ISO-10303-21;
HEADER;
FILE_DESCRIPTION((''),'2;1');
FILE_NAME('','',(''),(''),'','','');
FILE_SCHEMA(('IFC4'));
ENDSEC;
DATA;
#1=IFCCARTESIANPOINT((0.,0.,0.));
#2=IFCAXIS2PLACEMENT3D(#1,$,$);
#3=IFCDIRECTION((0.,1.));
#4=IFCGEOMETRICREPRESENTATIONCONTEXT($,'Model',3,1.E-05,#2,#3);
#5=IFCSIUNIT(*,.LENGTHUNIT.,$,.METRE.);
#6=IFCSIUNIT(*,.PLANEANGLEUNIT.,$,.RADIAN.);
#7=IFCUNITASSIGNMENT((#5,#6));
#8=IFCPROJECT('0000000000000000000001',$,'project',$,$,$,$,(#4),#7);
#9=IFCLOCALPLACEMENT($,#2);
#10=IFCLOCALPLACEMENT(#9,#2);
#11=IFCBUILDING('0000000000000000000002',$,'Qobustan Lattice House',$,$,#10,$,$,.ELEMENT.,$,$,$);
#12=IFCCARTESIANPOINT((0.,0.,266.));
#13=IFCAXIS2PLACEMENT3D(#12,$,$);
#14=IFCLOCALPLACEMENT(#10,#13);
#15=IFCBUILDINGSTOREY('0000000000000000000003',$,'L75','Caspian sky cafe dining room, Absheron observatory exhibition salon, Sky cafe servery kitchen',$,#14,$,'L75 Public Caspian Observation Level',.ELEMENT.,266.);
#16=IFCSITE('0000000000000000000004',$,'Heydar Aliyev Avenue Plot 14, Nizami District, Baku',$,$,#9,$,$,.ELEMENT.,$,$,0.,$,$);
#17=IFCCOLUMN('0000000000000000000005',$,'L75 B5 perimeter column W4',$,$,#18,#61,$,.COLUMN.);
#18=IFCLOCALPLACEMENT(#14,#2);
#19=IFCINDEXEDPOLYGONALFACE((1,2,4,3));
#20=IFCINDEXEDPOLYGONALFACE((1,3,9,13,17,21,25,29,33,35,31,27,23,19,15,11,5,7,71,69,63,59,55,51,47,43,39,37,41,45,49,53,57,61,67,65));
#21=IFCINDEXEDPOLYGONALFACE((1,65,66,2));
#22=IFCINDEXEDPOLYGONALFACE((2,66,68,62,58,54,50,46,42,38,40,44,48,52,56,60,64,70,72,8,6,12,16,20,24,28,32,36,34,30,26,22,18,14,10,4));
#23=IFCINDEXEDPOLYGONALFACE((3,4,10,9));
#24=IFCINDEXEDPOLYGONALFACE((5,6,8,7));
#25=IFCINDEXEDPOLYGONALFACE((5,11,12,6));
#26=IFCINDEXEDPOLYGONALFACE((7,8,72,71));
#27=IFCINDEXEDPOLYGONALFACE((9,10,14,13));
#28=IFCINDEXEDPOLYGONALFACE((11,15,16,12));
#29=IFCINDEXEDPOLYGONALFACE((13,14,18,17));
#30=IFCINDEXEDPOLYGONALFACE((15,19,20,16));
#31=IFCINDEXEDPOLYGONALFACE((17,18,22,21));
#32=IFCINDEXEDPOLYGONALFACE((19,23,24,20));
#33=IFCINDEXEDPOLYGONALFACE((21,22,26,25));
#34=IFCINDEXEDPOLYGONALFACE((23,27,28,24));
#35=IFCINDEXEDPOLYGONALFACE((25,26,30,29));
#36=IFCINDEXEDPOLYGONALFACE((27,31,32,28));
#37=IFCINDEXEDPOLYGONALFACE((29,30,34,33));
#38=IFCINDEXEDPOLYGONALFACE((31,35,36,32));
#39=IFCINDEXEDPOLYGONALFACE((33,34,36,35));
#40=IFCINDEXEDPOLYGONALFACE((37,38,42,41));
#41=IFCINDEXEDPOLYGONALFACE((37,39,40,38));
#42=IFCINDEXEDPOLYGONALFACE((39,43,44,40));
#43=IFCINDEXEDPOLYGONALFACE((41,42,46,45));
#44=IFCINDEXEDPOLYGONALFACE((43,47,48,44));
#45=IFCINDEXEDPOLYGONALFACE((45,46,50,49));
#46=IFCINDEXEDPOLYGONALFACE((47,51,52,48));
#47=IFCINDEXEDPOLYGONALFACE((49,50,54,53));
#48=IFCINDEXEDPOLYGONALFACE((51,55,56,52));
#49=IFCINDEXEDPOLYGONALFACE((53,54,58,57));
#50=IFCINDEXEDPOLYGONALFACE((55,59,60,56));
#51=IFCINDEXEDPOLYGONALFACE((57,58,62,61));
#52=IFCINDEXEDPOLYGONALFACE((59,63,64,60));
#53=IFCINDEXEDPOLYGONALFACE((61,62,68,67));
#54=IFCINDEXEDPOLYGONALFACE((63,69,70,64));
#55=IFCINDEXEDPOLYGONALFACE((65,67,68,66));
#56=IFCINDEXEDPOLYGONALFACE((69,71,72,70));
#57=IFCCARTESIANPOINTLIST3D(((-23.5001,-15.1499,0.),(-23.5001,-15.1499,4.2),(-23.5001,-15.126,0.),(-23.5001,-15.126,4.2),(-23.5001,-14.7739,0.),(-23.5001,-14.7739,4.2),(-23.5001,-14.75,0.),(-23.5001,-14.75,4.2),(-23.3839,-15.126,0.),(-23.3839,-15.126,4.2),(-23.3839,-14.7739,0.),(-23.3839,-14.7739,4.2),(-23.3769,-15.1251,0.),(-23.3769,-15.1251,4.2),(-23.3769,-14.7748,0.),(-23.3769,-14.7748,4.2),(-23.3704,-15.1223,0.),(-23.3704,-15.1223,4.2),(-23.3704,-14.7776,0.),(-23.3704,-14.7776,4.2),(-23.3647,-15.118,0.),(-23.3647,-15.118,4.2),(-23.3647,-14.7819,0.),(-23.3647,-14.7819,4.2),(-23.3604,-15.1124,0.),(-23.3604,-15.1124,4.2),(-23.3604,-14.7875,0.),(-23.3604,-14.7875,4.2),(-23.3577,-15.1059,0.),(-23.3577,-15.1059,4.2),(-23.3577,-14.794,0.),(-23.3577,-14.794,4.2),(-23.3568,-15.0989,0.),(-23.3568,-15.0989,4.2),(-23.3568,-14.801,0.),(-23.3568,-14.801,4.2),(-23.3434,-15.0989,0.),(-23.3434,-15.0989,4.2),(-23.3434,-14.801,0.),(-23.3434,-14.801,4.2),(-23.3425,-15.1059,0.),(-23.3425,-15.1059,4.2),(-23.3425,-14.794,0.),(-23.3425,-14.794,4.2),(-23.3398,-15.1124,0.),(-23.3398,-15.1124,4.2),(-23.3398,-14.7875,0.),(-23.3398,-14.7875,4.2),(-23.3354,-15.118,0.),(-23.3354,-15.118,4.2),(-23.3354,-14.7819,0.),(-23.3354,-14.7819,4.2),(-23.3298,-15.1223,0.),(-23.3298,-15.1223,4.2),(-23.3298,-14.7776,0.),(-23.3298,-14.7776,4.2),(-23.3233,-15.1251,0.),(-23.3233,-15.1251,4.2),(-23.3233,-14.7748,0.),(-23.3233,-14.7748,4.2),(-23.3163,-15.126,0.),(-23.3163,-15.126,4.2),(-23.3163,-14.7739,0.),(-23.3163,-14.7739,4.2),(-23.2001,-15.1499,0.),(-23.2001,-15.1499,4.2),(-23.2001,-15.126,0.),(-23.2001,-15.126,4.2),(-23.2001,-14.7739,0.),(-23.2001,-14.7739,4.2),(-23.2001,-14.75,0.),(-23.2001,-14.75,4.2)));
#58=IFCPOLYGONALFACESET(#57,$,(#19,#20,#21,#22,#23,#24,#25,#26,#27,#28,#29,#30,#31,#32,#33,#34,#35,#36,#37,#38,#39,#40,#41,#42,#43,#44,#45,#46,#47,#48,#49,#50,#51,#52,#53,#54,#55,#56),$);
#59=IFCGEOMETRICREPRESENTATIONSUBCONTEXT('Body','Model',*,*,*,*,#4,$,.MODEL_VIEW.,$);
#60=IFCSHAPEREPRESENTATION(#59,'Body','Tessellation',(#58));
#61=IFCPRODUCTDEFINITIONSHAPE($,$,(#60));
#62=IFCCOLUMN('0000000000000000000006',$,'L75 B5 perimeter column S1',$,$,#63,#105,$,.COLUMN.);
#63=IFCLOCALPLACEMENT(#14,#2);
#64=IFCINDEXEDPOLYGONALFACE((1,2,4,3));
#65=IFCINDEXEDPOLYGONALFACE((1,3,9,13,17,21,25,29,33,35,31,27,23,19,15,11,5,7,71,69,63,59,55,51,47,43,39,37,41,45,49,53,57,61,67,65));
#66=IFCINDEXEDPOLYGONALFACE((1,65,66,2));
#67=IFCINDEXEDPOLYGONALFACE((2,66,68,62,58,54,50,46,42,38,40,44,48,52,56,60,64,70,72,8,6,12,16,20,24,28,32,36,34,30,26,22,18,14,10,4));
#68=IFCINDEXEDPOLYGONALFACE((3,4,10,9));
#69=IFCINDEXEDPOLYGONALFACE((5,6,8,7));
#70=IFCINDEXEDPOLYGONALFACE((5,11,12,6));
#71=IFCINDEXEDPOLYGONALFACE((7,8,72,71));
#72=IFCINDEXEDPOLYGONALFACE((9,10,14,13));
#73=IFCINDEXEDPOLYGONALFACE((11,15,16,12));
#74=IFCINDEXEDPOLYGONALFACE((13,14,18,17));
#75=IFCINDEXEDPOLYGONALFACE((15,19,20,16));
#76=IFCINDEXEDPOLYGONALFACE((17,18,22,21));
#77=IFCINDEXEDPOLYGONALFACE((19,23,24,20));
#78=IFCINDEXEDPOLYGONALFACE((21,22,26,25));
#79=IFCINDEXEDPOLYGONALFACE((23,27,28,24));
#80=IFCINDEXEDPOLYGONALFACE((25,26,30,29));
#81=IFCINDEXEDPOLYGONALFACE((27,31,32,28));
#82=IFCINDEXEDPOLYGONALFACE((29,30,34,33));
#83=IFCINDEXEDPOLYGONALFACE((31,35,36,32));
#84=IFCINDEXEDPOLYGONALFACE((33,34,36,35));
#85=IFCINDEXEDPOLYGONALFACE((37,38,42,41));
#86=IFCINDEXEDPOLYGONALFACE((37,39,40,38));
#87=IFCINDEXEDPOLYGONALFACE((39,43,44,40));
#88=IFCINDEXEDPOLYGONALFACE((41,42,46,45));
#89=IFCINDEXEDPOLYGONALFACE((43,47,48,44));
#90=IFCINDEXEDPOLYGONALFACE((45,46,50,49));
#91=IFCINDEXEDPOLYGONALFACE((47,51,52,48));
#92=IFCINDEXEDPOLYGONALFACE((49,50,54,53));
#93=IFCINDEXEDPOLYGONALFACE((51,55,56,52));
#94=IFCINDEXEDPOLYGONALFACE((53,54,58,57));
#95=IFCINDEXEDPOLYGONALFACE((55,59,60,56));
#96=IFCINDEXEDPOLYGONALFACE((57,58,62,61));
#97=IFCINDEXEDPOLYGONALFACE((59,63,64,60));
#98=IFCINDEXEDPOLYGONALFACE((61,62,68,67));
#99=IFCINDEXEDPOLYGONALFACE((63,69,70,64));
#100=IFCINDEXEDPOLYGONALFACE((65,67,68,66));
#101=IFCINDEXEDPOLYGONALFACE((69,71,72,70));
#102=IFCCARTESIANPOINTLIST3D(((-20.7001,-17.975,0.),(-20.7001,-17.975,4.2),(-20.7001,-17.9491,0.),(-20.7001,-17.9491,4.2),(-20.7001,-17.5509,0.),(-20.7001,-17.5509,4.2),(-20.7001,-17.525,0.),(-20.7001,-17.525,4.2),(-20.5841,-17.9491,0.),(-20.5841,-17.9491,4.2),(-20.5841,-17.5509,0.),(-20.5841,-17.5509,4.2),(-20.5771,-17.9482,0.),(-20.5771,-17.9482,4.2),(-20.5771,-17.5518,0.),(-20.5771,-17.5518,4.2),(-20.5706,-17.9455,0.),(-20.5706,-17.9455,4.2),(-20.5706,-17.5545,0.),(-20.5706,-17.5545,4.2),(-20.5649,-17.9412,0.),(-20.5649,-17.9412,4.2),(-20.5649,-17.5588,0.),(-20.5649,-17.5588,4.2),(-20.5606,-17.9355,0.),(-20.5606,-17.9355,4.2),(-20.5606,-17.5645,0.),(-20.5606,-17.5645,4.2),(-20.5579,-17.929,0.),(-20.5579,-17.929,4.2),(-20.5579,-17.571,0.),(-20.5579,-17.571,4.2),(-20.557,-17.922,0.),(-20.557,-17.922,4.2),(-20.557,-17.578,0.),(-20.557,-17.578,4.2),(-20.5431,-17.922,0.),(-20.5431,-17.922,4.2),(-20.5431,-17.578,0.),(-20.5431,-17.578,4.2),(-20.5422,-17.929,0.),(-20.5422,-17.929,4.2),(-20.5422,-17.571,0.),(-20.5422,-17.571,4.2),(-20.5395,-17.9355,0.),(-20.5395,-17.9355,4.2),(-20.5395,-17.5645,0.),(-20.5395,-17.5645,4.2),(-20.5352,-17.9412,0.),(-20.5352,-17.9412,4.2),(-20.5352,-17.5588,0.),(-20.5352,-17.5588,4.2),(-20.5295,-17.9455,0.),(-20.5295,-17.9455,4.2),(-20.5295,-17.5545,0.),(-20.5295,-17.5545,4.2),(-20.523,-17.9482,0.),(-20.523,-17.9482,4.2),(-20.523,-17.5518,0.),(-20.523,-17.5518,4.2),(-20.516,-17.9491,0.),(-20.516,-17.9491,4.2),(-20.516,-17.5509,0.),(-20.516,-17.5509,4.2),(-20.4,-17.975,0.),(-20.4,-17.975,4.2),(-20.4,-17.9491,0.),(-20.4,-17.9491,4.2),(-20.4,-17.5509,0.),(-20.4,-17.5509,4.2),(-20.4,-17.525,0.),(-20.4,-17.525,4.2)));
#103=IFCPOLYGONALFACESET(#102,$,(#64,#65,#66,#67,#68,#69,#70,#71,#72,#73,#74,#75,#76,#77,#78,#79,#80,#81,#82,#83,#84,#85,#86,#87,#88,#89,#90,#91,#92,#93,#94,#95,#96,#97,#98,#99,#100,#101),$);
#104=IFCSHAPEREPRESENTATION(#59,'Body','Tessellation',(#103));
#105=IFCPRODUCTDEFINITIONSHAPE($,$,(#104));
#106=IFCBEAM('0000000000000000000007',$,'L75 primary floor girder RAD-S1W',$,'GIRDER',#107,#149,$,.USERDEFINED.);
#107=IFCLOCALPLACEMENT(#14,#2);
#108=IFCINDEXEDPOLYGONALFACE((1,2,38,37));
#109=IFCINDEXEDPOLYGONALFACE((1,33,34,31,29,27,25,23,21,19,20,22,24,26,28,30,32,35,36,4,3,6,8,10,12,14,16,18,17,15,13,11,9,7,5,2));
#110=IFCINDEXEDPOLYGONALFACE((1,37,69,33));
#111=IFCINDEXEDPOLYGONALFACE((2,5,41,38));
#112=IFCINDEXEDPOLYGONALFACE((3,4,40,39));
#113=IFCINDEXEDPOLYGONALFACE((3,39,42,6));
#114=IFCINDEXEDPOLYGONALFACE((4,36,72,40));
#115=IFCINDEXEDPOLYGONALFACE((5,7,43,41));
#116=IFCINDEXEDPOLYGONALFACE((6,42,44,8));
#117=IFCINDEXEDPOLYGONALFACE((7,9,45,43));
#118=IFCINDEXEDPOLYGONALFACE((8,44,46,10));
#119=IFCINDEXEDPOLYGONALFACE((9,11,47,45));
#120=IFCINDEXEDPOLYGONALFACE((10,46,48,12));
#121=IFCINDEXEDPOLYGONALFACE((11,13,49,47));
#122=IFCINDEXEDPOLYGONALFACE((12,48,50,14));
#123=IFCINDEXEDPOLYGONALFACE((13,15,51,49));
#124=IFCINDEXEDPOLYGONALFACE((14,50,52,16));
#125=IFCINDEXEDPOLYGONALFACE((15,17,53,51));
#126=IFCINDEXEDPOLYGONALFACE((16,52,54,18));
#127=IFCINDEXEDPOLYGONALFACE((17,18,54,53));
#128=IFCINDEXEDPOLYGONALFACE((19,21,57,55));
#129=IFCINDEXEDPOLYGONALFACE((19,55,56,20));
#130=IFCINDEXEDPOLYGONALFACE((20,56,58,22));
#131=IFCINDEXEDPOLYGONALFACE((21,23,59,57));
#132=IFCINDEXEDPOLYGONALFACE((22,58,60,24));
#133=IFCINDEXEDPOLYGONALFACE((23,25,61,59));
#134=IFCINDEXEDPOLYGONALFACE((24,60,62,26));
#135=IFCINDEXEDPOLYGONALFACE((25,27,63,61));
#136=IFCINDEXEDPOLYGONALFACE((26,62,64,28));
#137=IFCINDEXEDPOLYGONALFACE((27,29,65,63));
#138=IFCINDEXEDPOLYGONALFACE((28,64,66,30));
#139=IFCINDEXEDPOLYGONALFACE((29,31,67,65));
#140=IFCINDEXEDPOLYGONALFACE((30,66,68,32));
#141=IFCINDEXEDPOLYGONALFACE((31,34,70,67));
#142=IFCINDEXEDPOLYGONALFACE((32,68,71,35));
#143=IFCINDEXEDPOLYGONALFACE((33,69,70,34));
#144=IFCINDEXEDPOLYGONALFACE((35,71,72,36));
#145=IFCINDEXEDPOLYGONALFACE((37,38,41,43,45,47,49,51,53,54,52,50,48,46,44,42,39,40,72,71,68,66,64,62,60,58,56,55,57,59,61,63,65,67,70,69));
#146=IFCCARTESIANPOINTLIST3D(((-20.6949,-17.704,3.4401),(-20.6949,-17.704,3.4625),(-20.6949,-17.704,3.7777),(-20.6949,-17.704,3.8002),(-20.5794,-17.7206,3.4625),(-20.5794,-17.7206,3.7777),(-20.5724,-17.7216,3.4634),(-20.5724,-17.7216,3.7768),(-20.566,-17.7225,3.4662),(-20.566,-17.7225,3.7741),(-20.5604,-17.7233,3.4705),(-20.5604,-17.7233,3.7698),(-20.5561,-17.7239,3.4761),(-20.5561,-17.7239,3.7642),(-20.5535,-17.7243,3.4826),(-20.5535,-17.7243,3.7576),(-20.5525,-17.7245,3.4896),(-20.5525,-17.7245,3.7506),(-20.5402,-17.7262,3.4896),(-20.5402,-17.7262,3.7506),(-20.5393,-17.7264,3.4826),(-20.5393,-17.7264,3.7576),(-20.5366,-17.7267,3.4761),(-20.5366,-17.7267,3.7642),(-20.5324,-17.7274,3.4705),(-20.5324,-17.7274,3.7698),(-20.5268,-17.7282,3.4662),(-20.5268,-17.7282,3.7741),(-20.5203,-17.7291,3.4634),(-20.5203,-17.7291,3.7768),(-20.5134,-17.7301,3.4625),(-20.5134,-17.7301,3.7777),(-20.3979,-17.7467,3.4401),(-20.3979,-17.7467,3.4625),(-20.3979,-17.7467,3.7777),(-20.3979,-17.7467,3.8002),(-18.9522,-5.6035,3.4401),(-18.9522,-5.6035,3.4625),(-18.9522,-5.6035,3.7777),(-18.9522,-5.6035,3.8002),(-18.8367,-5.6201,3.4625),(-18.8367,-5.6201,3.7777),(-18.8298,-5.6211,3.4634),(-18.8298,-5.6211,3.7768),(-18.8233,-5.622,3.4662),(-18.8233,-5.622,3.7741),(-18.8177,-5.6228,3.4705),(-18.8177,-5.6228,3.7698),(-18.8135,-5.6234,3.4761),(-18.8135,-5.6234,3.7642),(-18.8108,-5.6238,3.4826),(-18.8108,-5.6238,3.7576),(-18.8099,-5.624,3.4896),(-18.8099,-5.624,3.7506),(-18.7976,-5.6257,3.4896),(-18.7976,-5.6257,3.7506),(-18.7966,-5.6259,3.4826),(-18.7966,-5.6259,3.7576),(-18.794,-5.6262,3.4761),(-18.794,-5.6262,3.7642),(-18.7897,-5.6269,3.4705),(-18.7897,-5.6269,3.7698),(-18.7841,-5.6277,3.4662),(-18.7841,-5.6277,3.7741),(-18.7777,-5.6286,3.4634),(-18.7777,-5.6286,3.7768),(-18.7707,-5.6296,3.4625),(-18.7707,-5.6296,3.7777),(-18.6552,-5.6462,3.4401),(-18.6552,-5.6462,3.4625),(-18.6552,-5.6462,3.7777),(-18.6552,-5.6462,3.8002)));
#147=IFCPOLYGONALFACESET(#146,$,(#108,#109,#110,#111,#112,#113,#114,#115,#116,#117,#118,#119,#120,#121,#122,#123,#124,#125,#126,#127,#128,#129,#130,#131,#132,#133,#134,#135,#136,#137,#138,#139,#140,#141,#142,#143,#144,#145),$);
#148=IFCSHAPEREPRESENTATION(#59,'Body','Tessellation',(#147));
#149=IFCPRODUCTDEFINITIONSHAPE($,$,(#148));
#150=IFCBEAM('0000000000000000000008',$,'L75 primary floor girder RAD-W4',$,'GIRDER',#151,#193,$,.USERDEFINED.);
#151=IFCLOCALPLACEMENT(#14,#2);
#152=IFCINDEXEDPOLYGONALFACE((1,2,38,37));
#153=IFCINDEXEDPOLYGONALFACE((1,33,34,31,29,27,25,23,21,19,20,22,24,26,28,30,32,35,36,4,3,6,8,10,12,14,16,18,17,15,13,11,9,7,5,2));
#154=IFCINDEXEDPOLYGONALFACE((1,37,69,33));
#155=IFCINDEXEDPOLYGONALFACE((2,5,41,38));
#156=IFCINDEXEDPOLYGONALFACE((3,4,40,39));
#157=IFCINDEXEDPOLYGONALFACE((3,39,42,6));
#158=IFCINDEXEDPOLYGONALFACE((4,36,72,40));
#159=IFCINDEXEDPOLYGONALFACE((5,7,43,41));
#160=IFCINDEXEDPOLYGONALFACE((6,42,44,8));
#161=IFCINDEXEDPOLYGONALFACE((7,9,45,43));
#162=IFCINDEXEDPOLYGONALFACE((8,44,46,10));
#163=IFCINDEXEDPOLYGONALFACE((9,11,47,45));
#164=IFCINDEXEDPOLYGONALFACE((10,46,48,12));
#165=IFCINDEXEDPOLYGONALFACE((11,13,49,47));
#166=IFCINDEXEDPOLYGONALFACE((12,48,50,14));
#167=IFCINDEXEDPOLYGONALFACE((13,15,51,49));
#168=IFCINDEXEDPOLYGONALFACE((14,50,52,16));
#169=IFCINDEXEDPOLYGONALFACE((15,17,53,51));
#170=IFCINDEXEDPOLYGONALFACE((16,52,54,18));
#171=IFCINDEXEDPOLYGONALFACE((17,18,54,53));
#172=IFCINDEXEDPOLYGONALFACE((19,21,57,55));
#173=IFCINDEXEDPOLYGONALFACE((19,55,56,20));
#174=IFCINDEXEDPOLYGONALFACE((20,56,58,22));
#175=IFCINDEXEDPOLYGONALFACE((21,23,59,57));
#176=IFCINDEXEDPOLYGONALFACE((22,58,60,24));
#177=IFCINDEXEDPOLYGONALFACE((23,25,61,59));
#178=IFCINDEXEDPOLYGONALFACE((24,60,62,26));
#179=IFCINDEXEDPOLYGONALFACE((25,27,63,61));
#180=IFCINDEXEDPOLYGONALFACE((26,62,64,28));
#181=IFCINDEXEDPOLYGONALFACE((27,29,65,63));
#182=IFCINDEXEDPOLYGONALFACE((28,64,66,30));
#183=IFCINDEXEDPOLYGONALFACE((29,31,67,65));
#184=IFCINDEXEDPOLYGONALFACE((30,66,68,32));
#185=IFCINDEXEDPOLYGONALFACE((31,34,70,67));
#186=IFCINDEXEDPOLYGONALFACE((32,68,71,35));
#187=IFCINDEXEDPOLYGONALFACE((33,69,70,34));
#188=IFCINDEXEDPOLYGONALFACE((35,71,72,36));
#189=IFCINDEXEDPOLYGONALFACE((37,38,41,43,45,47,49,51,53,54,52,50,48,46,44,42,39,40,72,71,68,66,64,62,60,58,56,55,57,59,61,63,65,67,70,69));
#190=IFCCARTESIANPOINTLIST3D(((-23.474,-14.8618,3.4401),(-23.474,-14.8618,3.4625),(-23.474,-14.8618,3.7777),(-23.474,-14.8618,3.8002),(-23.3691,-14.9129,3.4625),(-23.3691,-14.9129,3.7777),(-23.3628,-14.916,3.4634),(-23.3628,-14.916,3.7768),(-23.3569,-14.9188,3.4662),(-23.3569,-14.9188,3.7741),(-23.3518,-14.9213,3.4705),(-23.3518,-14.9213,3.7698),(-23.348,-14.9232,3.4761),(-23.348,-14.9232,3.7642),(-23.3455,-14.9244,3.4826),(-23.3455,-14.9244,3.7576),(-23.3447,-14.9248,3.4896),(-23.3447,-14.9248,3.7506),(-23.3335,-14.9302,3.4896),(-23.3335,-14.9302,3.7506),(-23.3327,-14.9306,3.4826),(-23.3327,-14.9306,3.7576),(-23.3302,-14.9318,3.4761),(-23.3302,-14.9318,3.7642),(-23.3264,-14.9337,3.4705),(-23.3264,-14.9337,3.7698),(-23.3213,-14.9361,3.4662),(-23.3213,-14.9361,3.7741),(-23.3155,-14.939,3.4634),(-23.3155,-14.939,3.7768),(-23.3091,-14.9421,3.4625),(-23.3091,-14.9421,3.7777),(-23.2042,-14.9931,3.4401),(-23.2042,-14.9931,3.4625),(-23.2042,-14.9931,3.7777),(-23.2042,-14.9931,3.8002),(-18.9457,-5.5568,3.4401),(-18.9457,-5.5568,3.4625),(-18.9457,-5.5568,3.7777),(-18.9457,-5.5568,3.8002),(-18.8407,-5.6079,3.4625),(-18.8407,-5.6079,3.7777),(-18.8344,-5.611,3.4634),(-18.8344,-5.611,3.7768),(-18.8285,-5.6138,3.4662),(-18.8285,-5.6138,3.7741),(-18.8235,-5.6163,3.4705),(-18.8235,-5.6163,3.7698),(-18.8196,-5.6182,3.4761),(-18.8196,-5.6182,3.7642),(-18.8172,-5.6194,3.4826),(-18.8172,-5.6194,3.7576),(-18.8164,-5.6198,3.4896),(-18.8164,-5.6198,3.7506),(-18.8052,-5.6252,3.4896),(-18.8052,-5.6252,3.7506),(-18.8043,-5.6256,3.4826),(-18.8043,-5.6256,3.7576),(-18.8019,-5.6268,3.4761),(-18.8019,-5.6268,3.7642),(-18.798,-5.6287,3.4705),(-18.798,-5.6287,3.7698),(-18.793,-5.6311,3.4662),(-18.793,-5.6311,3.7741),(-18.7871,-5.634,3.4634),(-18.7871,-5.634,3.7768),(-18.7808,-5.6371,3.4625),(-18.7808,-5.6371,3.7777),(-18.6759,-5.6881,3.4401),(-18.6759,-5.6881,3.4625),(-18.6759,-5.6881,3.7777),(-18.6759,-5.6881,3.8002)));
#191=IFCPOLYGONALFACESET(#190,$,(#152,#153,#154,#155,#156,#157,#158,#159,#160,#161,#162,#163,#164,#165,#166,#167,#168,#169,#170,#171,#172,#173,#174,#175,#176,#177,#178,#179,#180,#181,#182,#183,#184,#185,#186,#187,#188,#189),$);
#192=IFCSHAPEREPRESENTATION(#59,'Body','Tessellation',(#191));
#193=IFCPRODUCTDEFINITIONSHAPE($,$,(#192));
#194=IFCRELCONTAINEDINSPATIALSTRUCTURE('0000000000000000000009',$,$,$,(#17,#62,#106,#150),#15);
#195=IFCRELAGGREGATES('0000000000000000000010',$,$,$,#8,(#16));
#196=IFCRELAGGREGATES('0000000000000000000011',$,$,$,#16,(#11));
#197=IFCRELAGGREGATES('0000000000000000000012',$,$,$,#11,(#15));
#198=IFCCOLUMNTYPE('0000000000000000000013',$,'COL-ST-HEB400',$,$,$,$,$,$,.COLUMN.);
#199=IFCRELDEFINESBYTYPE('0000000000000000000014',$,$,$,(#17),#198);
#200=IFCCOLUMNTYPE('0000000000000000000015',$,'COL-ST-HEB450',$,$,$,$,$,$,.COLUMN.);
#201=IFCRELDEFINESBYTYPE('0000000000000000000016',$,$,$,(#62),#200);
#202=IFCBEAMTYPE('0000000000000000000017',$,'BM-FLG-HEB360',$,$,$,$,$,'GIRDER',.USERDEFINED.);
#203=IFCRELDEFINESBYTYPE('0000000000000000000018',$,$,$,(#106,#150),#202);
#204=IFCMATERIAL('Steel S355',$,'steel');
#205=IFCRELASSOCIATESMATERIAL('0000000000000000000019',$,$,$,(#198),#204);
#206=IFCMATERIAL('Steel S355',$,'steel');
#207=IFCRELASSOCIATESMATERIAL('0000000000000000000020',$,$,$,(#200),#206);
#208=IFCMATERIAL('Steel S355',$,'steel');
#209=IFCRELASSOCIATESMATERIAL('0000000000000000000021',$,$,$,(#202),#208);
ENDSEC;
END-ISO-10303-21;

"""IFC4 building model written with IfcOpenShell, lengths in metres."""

from ifc_helpers import new_model, si_unit, direction, frame, origin, origin_2d, place, context, subcontext, project, spatial, i_section, extrude, material, material_profile, profile_set, type_object, element, save


model = new_model("IFC4")

# Units and contexts
model_context = context("Model", 3, precision=1e-05, world=origin(), true_north=direction((0.0, 1.0)))
body_context = subcontext(model_context, "Body", "Model", "MODEL_VIEW")
ifc_project = project(units=[si_unit("LENGTHUNIT", "METRE"), si_unit("PLANEANGLEUNIT", "RADIAN")], contexts=[model_context])

# Site, building, storey
site_placement = place(None, origin())
site = spatial("IfcSite", under=ifc_project, at=site_placement, Name="Heydar Aliyev Avenue Plot 14, Nizami District, Baku", CompositionType="ELEMENT", RefElevation=0.0)
building_placement = place(site_placement, origin())
building = spatial("IfcBuilding", under=site, at=building_placement, Name="Qobustan Lattice House", CompositionType="ELEMENT")
storey_placement = place(building_placement, frame((0.0, 0.0, 266.0)))
storey = spatial("IfcBuildingStorey", under=building, at=storey_placement, Name="L75", Description="Caspian sky cafe dining room, Absheron observatory exhibition salon, Sky cafe servery kitchen", LongName="L75 Public Caspian Observation Level", CompositionType="ELEMENT", Elevation=266.0)

# Columns
ifc_material_1 = material(Name="Steel S355", Category="steel")
ifc_material_profile_1 = material_profile(ifc_material_1, i_section(OverallWidth=0.3, OverallDepth=0.3999, WebThickness=0.0134, FlangeThickness=0.0239, FilletRadius=0.0271, at=origin_2d()), Name="HEB400")
ifc_profile_set_1 = profile_set([ifc_material_profile_1], Name="Steel S355")
column_type_1 = type_object("IfcColumnType", Name="COL-ST-HEB400", PredefinedType="COLUMN", material=ifc_profile_set_1)
column_1_placement = place(storey_placement, frame((-23.3501, -14.95, 0.0), z_axis=(0.0, 0.0, 1.0), x_axis=(1.0, 0.0, 0.0)))
element("IfcColumn", 1, at=column_1_placement, inside=storey, type_object=column_type_1, Name="L75 B5 perimeter column W4", PredefinedType="COLUMN", context=body_context, shape_type="SweptSolid", body=[
    extrude(i_section(OverallWidth=0.3, OverallDepth=0.3999, WebThickness=0.0134, FlangeThickness=0.0239, FilletRadius=0.0271, at=origin_2d()), origin(), (0.0, 0.0, 1.0), 4.2),
])
ifc_material_2 = material(Name="Steel S355", Category="steel")
ifc_material_profile_2 = material_profile(ifc_material_2, i_section(OverallWidth=0.3, OverallDepth=0.45, WebThickness=0.0139, FlangeThickness=0.0259, FilletRadius=0.0271, at=origin_2d()), Name="HEB450")
ifc_profile_set_2 = profile_set([ifc_material_profile_2], Name="Steel S355")
column_type_2 = type_object("IfcColumnType", Name="COL-ST-HEB450", PredefinedType="COLUMN", material=ifc_profile_set_2)
column_2_placement = place(storey_placement, frame((-20.55, -17.75, 0.0), z_axis=(0.0, 0.0, 1.0), x_axis=(1.0, 0.0, 0.0)))
element("IfcColumn", 2, at=column_2_placement, inside=storey, type_object=column_type_2, Name="L75 B5 perimeter column S1", PredefinedType="COLUMN", context=body_context, shape_type="SweptSolid", body=[
    extrude(i_section(OverallWidth=0.3, OverallDepth=0.45, WebThickness=0.0139, FlangeThickness=0.0259, FilletRadius=0.0271, at=origin_2d()), origin(), (0.0, 0.0, 1.0), 4.2),
])

# Beams
ifc_material_3 = material(Name="Steel S355", Category="steel")
ifc_material_profile_3 = material_profile(ifc_material_3, i_section(OverallWidth=0.3, OverallDepth=0.3601, WebThickness=0.0125, FlangeThickness=0.0225, FilletRadius=0.0271, at=origin_2d()), Name="HEB360")
ifc_profile_set_3 = profile_set([ifc_material_profile_3], Name="Steel S355")
beam_type_1 = type_object("IfcBeamType", Name="BM-FLG-HEB360", ElementType="GIRDER", PredefinedType="USERDEFINED", material=ifc_profile_set_3)
beam_1_placement = place(storey_placement, frame((-20.5464, -17.7253, 3.6201), z_axis=(0.142545, 0.989788, 0.0), x_axis=(-0.989788, 0.142545, 0.0)))
element("IfcBeam", 3, at=beam_1_placement, inside=storey, type_object=beam_type_1, Name="L75 primary floor girder RAD-S1W", ObjectType="GIRDER", PredefinedType="USERDEFINED", context=body_context, shape_type="SweptSolid", body=[
    extrude(i_section(OverallWidth=0.3, OverallDepth=0.3601, WebThickness=0.0125, FlangeThickness=0.0225, FilletRadius=0.0271, at=origin_2d()), origin(), (0.0, 0.0, 1.0), 12.2253),
])
beam_2_placement = place(storey_placement, frame((-23.3391, -14.9275, 3.6201), z_axis=(0.43759, 0.899174, 0.0), x_axis=(-0.899174, 0.43759, 0.0)))
element("IfcBeam", 4, at=beam_2_placement, inside=storey, type_object=beam_type_1, Name="L75 primary floor girder RAD-W4", ObjectType="GIRDER", PredefinedType="USERDEFINED", context=body_context, shape_type="SweptSolid", body=[
    extrude(i_section(OverallWidth=0.3, OverallDepth=0.3601, WebThickness=0.0125, FlangeThickness=0.0225, FilletRadius=0.0271, at=origin_2d()), origin(), (0.0, 0.0, 1.0), 10.3484),
])

save(model, "model.ifc")
